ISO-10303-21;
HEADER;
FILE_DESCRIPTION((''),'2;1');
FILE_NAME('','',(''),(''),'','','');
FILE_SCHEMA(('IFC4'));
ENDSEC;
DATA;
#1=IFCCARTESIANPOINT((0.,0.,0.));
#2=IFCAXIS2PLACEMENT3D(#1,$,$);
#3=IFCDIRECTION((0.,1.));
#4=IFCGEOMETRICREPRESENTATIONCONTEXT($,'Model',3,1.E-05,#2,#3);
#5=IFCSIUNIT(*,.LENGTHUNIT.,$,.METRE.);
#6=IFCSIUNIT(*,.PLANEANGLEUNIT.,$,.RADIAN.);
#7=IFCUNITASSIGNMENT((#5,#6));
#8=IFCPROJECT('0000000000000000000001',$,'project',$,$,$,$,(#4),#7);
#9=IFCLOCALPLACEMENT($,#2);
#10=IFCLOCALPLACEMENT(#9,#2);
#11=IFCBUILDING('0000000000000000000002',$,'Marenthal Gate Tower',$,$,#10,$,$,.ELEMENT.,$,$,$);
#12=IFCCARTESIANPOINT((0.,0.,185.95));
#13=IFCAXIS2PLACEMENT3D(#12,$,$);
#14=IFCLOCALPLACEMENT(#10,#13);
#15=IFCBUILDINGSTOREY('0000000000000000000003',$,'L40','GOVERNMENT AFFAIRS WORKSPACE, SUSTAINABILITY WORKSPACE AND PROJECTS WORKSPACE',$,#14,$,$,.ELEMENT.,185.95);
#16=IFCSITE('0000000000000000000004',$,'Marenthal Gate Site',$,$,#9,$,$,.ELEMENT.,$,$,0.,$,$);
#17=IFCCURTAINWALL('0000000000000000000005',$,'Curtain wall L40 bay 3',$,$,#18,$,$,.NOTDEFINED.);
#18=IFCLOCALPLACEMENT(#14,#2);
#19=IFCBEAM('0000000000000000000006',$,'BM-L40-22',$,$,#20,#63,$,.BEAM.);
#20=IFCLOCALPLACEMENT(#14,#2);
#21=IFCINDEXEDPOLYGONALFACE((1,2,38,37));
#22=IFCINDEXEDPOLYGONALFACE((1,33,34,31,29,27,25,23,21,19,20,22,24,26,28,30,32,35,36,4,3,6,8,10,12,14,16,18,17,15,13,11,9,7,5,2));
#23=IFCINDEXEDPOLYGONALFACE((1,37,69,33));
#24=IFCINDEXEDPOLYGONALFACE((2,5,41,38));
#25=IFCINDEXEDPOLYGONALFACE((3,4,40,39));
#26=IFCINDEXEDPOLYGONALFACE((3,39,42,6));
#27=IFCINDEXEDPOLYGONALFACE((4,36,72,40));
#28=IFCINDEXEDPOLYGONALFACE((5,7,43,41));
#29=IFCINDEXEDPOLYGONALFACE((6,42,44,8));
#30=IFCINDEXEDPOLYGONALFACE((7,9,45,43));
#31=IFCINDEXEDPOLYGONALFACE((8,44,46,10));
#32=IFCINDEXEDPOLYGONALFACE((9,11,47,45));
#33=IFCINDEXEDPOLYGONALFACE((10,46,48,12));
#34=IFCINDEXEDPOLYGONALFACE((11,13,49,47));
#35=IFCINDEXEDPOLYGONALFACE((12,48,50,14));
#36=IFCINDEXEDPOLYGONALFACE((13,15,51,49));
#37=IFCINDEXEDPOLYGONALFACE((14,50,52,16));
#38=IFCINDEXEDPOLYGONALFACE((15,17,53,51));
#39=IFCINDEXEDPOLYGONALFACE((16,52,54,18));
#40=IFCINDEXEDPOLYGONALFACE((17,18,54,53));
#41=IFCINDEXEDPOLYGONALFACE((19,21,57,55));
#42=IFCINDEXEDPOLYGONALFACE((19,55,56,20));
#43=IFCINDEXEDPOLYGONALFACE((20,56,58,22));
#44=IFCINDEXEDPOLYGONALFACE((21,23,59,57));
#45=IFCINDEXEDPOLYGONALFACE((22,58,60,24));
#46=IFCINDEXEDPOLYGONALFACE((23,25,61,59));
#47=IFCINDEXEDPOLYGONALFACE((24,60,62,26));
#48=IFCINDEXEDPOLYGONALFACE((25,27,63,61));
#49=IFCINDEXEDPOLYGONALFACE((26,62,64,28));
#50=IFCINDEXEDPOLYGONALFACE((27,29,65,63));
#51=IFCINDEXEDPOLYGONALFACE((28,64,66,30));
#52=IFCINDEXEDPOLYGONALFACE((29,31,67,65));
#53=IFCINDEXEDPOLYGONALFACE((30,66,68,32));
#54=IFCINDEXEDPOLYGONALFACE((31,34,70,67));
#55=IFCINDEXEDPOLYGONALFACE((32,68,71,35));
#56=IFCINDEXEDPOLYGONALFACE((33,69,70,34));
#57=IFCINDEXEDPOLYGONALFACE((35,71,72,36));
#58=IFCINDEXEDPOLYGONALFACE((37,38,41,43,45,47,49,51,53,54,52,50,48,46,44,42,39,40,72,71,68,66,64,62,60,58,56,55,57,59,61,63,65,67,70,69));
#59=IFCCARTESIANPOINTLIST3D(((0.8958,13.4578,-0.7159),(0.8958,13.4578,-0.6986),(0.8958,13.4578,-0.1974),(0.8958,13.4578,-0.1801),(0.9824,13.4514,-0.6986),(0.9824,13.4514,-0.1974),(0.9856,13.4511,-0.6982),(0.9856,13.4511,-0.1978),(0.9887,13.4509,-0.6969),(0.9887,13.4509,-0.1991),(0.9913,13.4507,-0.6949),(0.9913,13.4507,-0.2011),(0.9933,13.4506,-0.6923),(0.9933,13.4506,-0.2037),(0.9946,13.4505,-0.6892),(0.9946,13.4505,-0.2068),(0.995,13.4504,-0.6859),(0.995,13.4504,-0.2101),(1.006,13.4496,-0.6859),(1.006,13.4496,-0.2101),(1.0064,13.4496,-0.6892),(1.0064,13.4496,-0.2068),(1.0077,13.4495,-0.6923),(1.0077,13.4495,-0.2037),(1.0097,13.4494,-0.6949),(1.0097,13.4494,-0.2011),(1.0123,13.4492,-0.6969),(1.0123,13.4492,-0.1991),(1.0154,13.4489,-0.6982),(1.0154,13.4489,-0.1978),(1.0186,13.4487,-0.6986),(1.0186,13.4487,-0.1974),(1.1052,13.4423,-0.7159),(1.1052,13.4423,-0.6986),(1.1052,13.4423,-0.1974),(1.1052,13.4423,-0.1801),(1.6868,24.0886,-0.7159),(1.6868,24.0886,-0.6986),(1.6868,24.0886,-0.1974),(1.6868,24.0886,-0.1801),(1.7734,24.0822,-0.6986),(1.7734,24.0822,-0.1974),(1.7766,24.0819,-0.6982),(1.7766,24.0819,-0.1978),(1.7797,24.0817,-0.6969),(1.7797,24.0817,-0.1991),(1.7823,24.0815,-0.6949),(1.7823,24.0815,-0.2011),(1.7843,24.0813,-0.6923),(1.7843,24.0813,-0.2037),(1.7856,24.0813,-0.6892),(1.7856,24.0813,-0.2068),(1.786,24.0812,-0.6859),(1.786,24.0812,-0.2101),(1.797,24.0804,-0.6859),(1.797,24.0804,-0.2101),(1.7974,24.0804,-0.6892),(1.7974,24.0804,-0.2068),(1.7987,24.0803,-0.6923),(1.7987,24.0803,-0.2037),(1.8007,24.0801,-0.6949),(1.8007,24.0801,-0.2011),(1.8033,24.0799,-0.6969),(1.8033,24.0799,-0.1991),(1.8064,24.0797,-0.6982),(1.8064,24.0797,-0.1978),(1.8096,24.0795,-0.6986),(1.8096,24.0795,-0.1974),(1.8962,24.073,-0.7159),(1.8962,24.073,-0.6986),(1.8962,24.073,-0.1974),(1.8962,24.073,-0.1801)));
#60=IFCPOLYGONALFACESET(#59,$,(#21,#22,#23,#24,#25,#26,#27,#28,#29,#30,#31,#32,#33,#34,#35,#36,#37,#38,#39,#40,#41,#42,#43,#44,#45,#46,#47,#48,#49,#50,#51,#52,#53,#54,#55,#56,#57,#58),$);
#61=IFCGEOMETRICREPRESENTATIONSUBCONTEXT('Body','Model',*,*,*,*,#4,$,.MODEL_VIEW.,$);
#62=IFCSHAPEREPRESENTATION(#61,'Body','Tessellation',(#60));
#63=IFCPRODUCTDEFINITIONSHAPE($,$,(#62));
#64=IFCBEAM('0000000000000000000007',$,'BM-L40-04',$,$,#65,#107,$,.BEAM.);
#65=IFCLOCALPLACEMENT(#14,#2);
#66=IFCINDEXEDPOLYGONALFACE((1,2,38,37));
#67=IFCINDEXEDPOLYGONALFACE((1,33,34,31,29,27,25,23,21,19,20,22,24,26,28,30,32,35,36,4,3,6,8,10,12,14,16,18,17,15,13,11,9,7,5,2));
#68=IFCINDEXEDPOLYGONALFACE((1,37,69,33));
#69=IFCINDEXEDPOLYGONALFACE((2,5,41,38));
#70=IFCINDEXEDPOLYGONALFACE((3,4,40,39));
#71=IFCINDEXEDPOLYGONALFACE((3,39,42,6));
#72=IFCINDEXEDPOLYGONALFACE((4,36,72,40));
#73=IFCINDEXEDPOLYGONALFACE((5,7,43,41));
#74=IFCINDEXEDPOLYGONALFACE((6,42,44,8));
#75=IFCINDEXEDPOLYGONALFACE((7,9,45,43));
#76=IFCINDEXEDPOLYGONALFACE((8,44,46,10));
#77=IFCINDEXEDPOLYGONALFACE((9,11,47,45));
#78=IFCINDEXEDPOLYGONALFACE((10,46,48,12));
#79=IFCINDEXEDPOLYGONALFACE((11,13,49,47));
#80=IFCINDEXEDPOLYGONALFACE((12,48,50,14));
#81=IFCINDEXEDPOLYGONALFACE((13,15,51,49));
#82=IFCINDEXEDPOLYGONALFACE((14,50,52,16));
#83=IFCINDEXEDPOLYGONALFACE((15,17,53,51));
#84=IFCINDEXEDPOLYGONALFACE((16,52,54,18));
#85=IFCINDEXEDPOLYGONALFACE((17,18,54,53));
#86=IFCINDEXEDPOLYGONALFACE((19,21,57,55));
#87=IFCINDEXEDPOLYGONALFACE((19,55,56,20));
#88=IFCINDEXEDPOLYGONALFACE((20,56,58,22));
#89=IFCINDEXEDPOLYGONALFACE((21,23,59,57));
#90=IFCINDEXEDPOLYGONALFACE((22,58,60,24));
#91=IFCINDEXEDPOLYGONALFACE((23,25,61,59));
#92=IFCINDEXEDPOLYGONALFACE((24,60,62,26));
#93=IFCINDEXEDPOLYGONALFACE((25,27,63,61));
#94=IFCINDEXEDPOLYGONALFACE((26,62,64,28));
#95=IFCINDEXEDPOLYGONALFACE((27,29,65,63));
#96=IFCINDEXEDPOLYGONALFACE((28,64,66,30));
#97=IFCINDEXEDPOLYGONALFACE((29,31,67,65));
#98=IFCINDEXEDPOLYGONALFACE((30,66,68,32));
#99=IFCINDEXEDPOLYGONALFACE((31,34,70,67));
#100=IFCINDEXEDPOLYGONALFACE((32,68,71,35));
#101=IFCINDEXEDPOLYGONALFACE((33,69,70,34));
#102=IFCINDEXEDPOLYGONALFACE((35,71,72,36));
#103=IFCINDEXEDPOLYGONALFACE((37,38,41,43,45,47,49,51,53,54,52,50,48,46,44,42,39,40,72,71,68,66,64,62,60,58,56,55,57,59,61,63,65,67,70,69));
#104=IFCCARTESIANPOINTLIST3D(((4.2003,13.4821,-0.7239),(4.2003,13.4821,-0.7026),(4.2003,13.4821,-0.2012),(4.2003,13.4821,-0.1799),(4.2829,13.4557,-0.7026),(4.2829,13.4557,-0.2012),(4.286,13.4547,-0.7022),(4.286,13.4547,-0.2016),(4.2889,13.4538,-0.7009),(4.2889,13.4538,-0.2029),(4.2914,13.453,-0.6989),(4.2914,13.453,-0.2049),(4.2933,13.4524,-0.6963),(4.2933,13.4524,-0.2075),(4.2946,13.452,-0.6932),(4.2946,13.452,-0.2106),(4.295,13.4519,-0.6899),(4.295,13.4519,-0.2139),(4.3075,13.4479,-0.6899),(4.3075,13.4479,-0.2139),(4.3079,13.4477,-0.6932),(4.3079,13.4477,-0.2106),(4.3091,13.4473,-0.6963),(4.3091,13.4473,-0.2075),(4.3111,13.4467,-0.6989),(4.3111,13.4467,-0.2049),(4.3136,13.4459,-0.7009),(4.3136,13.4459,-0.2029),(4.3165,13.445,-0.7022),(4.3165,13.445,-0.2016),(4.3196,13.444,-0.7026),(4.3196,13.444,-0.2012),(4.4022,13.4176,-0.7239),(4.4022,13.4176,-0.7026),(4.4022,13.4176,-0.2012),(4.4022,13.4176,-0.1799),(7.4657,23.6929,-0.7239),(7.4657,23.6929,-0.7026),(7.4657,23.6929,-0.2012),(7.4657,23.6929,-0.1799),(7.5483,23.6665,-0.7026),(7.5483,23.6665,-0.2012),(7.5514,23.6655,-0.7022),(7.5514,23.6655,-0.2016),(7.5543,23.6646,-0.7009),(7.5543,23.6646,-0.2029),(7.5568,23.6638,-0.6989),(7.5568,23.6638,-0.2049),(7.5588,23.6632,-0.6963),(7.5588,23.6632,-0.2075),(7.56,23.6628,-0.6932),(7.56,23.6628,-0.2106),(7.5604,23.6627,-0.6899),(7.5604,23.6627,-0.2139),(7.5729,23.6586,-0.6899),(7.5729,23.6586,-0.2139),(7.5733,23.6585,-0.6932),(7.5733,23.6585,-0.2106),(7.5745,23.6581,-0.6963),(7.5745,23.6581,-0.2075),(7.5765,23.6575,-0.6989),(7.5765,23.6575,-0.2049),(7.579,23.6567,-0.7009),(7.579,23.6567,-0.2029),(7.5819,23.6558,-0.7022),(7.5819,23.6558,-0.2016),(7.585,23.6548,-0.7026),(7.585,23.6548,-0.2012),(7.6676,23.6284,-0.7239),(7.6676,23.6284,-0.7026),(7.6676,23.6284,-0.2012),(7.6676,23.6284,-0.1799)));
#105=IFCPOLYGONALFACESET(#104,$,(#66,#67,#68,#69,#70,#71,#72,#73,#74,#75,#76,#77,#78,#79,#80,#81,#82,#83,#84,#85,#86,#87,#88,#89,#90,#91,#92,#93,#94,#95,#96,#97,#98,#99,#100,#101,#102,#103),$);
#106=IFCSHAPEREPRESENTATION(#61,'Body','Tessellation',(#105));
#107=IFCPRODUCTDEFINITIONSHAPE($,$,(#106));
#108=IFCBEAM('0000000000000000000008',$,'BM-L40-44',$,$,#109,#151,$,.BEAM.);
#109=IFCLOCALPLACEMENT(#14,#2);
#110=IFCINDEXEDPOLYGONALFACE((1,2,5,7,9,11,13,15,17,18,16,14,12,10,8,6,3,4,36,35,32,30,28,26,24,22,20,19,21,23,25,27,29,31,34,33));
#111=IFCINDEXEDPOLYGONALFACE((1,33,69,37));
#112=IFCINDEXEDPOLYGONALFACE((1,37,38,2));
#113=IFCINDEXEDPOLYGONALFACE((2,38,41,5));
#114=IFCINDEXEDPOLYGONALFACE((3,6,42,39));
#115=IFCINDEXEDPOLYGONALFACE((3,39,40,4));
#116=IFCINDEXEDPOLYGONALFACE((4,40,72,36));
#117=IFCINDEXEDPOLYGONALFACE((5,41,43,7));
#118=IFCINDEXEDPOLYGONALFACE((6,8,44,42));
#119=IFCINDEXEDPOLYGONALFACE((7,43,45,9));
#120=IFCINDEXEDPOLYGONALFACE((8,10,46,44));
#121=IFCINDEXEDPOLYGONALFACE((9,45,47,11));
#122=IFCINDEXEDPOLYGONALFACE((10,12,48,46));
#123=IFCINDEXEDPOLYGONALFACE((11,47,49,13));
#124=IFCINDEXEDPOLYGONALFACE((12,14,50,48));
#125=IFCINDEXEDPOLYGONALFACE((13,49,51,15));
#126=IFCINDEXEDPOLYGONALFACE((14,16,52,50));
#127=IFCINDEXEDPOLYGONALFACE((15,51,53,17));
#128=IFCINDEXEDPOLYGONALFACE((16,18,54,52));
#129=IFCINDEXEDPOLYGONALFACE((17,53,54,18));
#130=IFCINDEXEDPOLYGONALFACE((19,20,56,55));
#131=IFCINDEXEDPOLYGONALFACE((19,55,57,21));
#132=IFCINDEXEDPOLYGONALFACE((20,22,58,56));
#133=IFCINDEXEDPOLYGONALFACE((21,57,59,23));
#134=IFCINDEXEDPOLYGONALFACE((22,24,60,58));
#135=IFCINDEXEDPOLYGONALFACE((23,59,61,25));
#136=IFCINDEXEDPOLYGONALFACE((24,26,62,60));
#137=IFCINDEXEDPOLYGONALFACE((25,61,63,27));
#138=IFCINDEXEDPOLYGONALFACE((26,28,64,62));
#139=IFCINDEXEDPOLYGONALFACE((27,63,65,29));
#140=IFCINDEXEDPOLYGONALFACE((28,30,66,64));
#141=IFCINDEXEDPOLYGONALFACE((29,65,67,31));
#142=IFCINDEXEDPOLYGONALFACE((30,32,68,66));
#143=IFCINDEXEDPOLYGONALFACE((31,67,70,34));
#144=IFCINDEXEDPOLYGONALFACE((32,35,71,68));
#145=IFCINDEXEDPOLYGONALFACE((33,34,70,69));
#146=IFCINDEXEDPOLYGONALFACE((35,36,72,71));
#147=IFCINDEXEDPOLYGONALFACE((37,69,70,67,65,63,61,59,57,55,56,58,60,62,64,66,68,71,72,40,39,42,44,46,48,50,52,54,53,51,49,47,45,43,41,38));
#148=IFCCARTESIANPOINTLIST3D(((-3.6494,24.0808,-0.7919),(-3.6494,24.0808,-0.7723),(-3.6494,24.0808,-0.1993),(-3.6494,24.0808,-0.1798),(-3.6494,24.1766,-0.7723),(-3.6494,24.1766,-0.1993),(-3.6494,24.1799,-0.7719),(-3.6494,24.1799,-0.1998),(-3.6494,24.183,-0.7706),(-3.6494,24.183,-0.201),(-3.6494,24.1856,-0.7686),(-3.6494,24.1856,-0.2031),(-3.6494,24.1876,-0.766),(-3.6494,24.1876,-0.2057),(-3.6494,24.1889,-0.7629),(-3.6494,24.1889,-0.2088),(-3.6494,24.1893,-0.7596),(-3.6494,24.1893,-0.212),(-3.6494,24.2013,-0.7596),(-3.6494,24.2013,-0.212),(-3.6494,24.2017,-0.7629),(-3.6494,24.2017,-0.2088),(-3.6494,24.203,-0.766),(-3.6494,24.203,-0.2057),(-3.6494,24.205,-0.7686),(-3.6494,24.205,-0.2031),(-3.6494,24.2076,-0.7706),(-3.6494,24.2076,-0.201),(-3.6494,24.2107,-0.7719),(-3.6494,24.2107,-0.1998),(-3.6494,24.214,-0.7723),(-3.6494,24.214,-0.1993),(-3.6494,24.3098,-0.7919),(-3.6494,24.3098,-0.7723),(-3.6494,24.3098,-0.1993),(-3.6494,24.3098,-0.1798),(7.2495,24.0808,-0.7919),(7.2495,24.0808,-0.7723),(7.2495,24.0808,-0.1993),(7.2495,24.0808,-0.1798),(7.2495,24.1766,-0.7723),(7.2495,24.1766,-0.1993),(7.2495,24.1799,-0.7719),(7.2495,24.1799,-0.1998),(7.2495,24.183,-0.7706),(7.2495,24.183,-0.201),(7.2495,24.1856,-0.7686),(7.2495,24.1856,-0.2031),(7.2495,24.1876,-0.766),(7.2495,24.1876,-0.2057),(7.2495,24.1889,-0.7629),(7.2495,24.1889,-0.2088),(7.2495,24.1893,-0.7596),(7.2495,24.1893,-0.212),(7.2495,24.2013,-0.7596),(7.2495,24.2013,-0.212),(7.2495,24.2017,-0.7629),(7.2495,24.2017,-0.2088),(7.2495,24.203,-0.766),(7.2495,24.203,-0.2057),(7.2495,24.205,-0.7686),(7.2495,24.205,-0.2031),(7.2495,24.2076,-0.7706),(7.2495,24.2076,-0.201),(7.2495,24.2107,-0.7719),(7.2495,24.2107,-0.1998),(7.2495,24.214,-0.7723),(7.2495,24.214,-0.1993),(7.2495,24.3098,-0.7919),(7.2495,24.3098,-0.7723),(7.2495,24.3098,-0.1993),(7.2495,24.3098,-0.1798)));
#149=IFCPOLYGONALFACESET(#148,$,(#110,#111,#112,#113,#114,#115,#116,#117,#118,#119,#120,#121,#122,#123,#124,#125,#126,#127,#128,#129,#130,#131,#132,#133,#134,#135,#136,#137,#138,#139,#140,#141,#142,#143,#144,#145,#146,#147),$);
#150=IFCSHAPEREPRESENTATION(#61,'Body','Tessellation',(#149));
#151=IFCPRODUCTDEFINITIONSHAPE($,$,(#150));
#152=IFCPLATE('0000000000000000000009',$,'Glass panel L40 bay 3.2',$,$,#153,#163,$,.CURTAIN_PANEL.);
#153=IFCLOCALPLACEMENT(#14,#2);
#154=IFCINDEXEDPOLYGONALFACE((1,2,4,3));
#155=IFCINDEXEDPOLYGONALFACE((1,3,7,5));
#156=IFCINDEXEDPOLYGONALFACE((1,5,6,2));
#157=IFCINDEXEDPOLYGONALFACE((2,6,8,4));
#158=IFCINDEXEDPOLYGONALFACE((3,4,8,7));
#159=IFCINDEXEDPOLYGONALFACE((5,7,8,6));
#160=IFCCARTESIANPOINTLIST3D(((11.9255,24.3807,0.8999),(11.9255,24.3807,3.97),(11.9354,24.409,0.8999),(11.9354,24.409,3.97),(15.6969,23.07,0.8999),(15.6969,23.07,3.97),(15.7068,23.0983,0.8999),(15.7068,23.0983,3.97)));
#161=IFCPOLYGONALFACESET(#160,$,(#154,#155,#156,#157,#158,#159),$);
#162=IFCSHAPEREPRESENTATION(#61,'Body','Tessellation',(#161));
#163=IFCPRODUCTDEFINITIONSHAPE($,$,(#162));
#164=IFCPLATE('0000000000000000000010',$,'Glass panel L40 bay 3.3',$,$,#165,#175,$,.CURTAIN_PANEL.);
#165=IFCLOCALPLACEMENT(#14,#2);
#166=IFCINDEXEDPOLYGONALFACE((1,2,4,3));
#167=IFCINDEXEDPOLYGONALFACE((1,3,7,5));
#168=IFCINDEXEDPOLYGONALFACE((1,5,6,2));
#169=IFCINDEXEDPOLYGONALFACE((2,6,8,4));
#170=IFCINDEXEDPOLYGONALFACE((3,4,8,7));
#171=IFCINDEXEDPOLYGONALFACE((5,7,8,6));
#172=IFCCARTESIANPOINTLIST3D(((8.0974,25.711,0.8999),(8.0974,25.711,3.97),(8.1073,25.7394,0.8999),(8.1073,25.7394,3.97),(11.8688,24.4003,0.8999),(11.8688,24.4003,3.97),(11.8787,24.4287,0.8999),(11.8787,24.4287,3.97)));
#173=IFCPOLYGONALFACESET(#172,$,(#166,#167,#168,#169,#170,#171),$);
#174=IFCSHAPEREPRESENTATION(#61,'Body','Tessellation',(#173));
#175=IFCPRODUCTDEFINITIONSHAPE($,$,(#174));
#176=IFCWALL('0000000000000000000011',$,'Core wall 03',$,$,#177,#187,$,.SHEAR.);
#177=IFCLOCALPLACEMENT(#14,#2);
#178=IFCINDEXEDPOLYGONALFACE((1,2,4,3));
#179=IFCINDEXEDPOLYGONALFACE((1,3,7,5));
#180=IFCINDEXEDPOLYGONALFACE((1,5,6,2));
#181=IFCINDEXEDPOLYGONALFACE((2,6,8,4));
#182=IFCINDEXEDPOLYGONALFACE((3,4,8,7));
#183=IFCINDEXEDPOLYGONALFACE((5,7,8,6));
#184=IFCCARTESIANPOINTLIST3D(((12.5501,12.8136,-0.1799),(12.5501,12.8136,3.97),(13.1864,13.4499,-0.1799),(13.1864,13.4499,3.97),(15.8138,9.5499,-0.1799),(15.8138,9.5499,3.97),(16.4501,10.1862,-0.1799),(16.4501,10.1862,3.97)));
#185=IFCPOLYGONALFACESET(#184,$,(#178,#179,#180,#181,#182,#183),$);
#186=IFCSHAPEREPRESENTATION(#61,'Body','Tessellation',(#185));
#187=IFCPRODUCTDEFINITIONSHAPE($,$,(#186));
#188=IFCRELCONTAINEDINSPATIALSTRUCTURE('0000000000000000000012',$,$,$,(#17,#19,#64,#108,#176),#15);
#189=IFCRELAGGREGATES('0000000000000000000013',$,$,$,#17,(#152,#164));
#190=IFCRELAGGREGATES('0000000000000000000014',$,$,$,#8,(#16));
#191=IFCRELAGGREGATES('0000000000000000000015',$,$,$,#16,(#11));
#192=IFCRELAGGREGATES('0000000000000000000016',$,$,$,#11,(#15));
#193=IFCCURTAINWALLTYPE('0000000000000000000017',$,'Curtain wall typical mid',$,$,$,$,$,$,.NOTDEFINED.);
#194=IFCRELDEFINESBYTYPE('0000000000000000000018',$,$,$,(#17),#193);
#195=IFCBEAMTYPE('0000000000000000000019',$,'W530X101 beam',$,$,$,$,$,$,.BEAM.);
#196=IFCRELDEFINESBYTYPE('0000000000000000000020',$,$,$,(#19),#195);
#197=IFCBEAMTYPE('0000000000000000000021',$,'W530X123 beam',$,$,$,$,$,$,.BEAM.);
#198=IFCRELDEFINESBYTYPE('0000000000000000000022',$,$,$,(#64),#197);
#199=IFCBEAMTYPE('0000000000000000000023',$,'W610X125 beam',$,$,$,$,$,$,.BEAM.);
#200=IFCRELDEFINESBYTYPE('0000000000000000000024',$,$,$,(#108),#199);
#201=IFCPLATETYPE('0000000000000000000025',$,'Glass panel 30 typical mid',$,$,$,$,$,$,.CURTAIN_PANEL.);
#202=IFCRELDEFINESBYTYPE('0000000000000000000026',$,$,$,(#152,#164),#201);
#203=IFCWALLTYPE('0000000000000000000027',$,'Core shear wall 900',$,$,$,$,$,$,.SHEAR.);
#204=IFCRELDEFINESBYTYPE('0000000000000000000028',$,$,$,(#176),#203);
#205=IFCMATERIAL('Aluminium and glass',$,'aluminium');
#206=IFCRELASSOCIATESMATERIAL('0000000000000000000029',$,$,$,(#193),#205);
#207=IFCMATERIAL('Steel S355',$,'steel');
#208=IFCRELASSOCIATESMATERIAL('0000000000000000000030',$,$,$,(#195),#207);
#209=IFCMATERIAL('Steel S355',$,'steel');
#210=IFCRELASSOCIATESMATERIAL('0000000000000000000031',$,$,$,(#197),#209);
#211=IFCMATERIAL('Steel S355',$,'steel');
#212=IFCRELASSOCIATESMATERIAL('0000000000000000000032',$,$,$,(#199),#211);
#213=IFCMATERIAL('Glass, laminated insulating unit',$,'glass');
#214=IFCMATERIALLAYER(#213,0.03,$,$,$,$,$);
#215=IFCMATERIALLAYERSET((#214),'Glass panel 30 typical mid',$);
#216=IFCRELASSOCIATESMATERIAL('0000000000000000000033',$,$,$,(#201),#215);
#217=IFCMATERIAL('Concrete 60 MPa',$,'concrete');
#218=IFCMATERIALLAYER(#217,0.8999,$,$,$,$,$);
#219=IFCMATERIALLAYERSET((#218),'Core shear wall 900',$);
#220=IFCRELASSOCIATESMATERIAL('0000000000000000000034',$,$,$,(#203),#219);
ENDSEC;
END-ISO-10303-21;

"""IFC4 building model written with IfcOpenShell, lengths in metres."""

from ifc_helpers import new_model, si_unit, direction, frame, frame_2d, origin, origin_2d, place, context, subcontext, project, spatial, rectangle, i_section, extrude, material, layer, layer_set, material_profile, profile_set, type_object, element, aggregate, save


model = new_model("IFC4")

# Units and contexts
model_context = context("Model", 3, precision=1e-05, world=origin(), true_north=direction((0.0, 1.0)))
body_context = subcontext(model_context, "Body", "Model", "MODEL_VIEW")
ifc_project = project(units=[si_unit("LENGTHUNIT", "METRE"), si_unit("PLANEANGLEUNIT", "RADIAN")], contexts=[model_context])

# Site, building, storey
site_placement = place(None, origin())
site = spatial("IfcSite", under=ifc_project, at=site_placement, Name="Marenthal Gate Site", CompositionType="ELEMENT", RefElevation=0.0)
building_placement = place(site_placement, origin())
building = spatial("IfcBuilding", under=site, at=building_placement, Name="Marenthal Gate Tower", CompositionType="ELEMENT")
storey_placement = place(building_placement, frame((0.0, 0.0, 185.95)))
storey = spatial("IfcBuildingStorey", under=building, at=storey_placement, Name="L40", Description="GOVERNMENT AFFAIRS WORKSPACE, SUSTAINABILITY WORKSPACE AND PROJECTS WORKSPACE", CompositionType="ELEMENT", Elevation=185.95)

# Curtain wall
ifc_material_1 = material(Name="Aluminium and glass", Category="aluminium")
curtain_wall_type = type_object("IfcCurtainWallType", Name="Curtain wall typical mid", PredefinedType="NOTDEFINED", material=ifc_material_1)
curtain_wall_placement = place(storey_placement, origin())
curtain_wall = element("IfcCurtainWall", 1, at=curtain_wall_placement, inside=storey, type_object=curtain_wall_type, Name="Curtain wall L40 bay 3", PredefinedType="NOTDEFINED")

# Beams
ifc_material_2 = material(Name="Steel S355", Category="steel")
ifc_material_profile_1 = material_profile(ifc_material_2, i_section(OverallWidth=0.21, OverallDepth=0.5359, WebThickness=0.011, FlangeThickness=0.0173, FilletRadius=0.0127, at=origin_2d()), Name="W530X101")
ifc_profile_set_1 = profile_set([ifc_material_profile_1], Name="Steel S355")
beam_type_1 = type_object("IfcBeamType", Name="W530X101 beam", PredefinedType="BEAM", material=ifc_profile_set_1)
beam_1_placement = place(storey_placement, frame((1.7915, 24.0808, -0.448), z_axis=(-0.074202, -0.997243, 0.0), x_axis=(0.997243, -0.074202, 0.0)))
element("IfcBeam", 2, at=beam_1_placement, inside=storey, type_object=beam_type_1, Name="BM-L40-22", PredefinedType="BEAM", context=body_context, shape_type="SweptSolid", body=[
    extrude(i_section(OverallWidth=0.21, OverallDepth=0.5359, WebThickness=0.011, FlangeThickness=0.0173, FilletRadius=0.0127, at=origin_2d()), origin(), (0.0, 0.0, 1.0), 10.6602),
])
ifc_material_3 = material(Name="Steel S355", Category="steel")
ifc_material_profile_2 = material_profile(ifc_material_3, i_section(OverallWidth=0.2119, OverallDepth=0.5439, WebThickness=0.0132, FlangeThickness=0.0212, FilletRadius=0.0127, at=origin_2d()), Name="W530X123")
ifc_profile_set_2 = profile_set([ifc_material_profile_2], Name="Steel S355")
beam_type_2 = type_object("IfcBeamType", Name="W530X123 beam", PredefinedType="BEAM", material=ifc_profile_set_2)
beam_2_placement = place(storey_placement, frame((7.5667, 23.6606, -0.4519), z_axis=(-0.304603, -0.952479, 0.0), x_axis=(0.952479, -0.304603, 0.0)))
element("IfcBeam", 3, at=beam_2_placement, inside=storey, type_object=beam_type_2, Name="BM-L40-04", PredefinedType="BEAM", context=body_context, shape_type="SweptSolid", body=[
    extrude(i_section(OverallWidth=0.2119, OverallDepth=0.5439, WebThickness=0.0132, FlangeThickness=0.0212, FilletRadius=0.0127, at=origin_2d()), origin(), (0.0, 0.0, 1.0), 10.7202),
])
ifc_material_4 = material(Name="Steel S355", Category="steel")
ifc_material_profile_3 = material_profile(ifc_material_4, i_section(OverallWidth=0.229, OverallDepth=0.6121, WebThickness=0.012, FlangeThickness=0.0195, FilletRadius=0.0127, at=origin_2d()), Name="W610X125")
ifc_profile_set_3 = profile_set([ifc_material_profile_3], Name="Steel S355")
beam_type_3 = type_object("IfcBeamType", Name="W610X125 beam", PredefinedType="BEAM", material=ifc_profile_set_3)
beam_3_placement = place(storey_placement, frame((7.2495, 24.1953, -0.4858), z_axis=(-1.0, 0.0, 0.0), x_axis=(0.0, -1.0, 0.0)))
element("IfcBeam", 4, at=beam_3_placement, inside=storey, type_object=beam_type_3, Name="BM-L40-44", PredefinedType="BEAM", context=body_context, shape_type="SweptSolid", body=[
    extrude(i_section(OverallWidth=0.229, OverallDepth=0.6121, WebThickness=0.012, FlangeThickness=0.0195, FilletRadius=0.0127, at=origin_2d()), origin(), (0.0, 0.0, 1.0), 10.8989),
])

# Plates
ifc_material_5 = material(Name="Glass, laminated insulating unit", Category="glass")
ifc_layer_1 = layer(ifc_material_5, 0.03)
ifc_layer_set_1 = layer_set([ifc_layer_1], Name="Glass panel 30 typical mid")
plate_type = type_object("IfcPlateType", Name="Glass panel 30 typical mid", PredefinedType="CURTAIN_PANEL", material=ifc_layer_set_1)
plate_1_placement = place(storey_placement, frame((13.8162, 23.7395, 0.8999), z_axis=(0.0, 0.0, 1.0), x_axis=(-0.944583, 0.328273, 0.0)))
plate_1 = element("IfcPlate", 5, at=plate_1_placement, type_object=plate_type, Name="Glass panel L40 bay 3.2", PredefinedType="CURTAIN_PANEL", context=body_context, shape_type="SweptSolid", body=[
    extrude(rectangle(XDim=3.9927, YDim=0.03, at=origin_2d()), origin(), (0.0, 0.0, 1.0), 3.0701),
])
plate_2_placement = place(storey_placement, frame((9.988, 25.0698, 0.8999), z_axis=(0.0, 0.0, 1.0), x_axis=(-0.944583, 0.328273, 0.0)))
plate_2 = element("IfcPlate", 6, at=plate_2_placement, type_object=plate_type, Name="Glass panel L40 bay 3.3", PredefinedType="CURTAIN_PANEL", context=body_context, shape_type="SweptSolid", body=[
    extrude(rectangle(XDim=3.9927, YDim=0.03, at=origin_2d()), origin(), (0.0, 0.0, 1.0), 3.0701),
])
aggregate(curtain_wall, [plate_1, plate_2])

# Wall
ifc_material_6 = material(Name="Concrete 60 MPa", Category="concrete")
ifc_layer_2 = layer(ifc_material_6, 0.8999)
ifc_layer_set_2 = layer_set([ifc_layer_2], Name="Core shear wall 900")
wall_type_1 = type_object("IfcWallType", Name="Core shear wall 900", PredefinedType="SHEAR", material=ifc_layer_set_2)
wall_1_placement = place(storey_placement, frame((16.1318, 9.8682, -0.1799), z_axis=(0.0, 0.0, 1.0), x_axis=(-0.707107, 0.707107, 0.0)))
element("IfcWall", 7, at=wall_1_placement, inside=storey, type_object=wall_type_1, Name="Core wall 03", PredefinedType="SHEAR", context=body_context, shape_type="SweptSolid", body=[
    extrude(rectangle(XDim=4.6155, YDim=0.8999, at=frame_2d((2.3076, 0.0))), origin(), (0.0, 0.0, 1.0), 4.1499),
])

save(model, "model.ifc")
